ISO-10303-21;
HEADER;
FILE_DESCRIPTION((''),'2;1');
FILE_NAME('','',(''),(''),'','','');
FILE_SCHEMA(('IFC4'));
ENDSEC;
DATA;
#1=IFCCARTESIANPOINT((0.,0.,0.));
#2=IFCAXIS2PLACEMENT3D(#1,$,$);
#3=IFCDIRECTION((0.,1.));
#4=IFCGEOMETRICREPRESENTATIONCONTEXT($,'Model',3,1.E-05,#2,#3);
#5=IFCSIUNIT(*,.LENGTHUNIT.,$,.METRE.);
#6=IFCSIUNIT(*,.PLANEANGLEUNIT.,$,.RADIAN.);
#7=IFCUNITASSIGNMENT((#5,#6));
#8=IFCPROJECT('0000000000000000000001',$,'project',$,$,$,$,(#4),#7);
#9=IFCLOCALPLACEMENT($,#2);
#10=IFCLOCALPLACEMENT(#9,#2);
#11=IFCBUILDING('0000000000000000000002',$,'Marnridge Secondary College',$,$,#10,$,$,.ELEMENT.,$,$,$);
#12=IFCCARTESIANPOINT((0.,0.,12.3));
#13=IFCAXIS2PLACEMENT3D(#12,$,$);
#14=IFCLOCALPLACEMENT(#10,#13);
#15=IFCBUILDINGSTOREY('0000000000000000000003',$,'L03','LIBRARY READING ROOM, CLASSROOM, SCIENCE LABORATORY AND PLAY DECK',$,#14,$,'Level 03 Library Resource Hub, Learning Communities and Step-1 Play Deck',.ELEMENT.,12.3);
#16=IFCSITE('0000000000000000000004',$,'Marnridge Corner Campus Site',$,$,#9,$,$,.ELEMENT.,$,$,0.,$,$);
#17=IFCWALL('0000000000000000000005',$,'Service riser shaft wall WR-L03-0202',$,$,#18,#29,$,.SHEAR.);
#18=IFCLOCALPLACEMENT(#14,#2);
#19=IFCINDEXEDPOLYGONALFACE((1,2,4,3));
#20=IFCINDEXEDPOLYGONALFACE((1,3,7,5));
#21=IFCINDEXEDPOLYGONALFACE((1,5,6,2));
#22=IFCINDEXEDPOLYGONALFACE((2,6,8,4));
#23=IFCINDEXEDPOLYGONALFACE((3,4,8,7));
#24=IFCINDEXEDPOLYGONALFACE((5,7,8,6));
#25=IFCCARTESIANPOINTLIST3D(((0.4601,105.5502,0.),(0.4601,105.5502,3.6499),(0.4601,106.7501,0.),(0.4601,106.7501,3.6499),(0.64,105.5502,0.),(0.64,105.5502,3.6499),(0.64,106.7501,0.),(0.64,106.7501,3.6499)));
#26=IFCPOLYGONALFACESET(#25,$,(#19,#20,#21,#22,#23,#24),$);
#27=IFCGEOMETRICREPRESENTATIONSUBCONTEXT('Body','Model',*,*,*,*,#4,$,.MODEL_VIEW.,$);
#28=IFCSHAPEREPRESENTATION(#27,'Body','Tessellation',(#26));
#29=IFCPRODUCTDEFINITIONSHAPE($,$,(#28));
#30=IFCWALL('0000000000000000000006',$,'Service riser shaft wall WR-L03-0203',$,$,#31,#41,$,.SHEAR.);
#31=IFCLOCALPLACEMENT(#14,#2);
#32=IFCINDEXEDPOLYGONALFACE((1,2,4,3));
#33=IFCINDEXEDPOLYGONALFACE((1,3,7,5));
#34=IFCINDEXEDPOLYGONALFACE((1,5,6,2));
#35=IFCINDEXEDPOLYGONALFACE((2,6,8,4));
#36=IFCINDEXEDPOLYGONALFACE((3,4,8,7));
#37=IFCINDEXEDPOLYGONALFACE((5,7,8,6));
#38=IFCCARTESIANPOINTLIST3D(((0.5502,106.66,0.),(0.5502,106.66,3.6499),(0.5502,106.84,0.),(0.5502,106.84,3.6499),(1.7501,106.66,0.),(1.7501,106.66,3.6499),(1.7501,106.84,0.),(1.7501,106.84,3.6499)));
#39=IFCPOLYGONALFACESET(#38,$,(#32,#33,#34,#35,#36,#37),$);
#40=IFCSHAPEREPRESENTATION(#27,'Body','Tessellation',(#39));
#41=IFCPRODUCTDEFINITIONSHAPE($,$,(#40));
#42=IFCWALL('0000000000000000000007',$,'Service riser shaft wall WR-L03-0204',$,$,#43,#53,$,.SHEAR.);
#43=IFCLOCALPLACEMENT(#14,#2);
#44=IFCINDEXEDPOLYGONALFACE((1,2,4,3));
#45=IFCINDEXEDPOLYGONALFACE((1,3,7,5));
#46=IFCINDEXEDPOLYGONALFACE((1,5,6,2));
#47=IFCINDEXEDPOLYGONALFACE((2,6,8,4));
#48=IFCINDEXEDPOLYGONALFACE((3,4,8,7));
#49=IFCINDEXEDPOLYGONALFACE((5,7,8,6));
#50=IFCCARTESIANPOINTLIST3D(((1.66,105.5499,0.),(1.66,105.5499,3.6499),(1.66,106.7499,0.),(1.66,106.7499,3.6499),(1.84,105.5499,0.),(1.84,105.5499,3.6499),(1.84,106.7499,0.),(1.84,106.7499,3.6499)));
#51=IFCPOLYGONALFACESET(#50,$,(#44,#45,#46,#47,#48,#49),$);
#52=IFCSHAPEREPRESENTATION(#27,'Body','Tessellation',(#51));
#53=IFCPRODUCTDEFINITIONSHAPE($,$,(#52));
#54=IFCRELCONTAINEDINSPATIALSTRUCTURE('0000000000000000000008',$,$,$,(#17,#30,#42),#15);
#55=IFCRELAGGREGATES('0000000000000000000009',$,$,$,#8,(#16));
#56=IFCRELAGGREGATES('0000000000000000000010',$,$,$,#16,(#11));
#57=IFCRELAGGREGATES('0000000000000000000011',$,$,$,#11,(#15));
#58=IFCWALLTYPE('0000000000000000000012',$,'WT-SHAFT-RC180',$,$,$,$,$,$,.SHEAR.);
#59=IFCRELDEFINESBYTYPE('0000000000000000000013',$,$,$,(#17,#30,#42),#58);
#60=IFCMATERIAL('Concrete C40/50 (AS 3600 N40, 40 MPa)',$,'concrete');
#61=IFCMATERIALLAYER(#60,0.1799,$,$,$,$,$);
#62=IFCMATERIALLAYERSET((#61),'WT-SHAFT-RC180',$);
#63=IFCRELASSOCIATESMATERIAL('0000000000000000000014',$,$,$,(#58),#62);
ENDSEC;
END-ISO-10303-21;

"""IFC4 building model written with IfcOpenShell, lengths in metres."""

from ifc_helpers import new_model, si_unit, direction, frame, frame_2d, origin, place, context, subcontext, project, spatial, rectangle, extrude, material, layer, layer_set, type_object, element, save


model = new_model("IFC4")

# Units and contexts
model_context = context("Model", 3, precision=1e-05, world=origin(), true_north=direction((0.0, 1.0)))
body_context = subcontext(model_context, "Body", "Model", "MODEL_VIEW")
ifc_project = project(units=[si_unit("LENGTHUNIT", "METRE"), si_unit("PLANEANGLEUNIT", "RADIAN")], contexts=[model_context])

# Site, building, storey
site_placement = place(None, origin())
site = spatial("IfcSite", under=ifc_project, at=site_placement, Name="Marnridge Corner Campus Site", CompositionType="ELEMENT", RefElevation=0.0)
building_placement = place(site_placement, origin())
building = spatial("IfcBuilding", under=site, at=building_placement, Name="Marnridge Secondary College", CompositionType="ELEMENT")
storey_placement = place(building_placement, frame((0.0, 0.0, 12.3)))
storey = spatial("IfcBuildingStorey", under=building, at=storey_placement, Name="L03", Description="LIBRARY READING ROOM, CLASSROOM, SCIENCE LABORATORY AND PLAY DECK", LongName="Level 03 Library Resource Hub, Learning Communities and Step-1 Play Deck", CompositionType="ELEMENT", Elevation=12.3)

# Walls
ifc_material_1 = material(Name="Concrete C40/50 (AS 3600 N40, 40 MPa)", Category="concrete")
ifc_layer_1 = layer(ifc_material_1, 0.1799)
ifc_layer_set_1 = layer_set([ifc_layer_1], Name="WT-SHAFT-RC180")
wall_type_1 = type_object("IfcWallType", Name="WT-SHAFT-RC180", PredefinedType="SHEAR", material=ifc_layer_set_1)
for number, where, z_axis, x_axis, name in (
    (1, (0.55, 105.55, 0.0), (0.0, 0.0, 1.0), (0.0, 1.0, 0.0), "Service riser shaft wall WR-L03-0202"),
    (2, (0.55, 106.75, 0.0), (0.0, 0.0, 1.0), (1.0, 0.0, 0.0), "Service riser shaft wall WR-L03-0203"),
    (3, (1.75, 106.75, 0.0), (0.0, 0.0, 1.0), (0.0, -1.0, 0.0), "Service riser shaft wall WR-L03-0204"),
):
    element("IfcWall", number, at=place(storey_placement, frame(where, z_axis=z_axis, x_axis=x_axis)), inside=storey, type_object=wall_type_1, Name=name, PredefinedType="SHEAR", context=body_context, shape_type="SweptSolid", body=[
        extrude(rectangle(XDim=1.2, YDim=0.1799, at=frame_2d((0.6001, 0.0))), origin(), (0.0, 0.0, 1.0), 3.6499),
    ])

save(model, "model.ifc")
